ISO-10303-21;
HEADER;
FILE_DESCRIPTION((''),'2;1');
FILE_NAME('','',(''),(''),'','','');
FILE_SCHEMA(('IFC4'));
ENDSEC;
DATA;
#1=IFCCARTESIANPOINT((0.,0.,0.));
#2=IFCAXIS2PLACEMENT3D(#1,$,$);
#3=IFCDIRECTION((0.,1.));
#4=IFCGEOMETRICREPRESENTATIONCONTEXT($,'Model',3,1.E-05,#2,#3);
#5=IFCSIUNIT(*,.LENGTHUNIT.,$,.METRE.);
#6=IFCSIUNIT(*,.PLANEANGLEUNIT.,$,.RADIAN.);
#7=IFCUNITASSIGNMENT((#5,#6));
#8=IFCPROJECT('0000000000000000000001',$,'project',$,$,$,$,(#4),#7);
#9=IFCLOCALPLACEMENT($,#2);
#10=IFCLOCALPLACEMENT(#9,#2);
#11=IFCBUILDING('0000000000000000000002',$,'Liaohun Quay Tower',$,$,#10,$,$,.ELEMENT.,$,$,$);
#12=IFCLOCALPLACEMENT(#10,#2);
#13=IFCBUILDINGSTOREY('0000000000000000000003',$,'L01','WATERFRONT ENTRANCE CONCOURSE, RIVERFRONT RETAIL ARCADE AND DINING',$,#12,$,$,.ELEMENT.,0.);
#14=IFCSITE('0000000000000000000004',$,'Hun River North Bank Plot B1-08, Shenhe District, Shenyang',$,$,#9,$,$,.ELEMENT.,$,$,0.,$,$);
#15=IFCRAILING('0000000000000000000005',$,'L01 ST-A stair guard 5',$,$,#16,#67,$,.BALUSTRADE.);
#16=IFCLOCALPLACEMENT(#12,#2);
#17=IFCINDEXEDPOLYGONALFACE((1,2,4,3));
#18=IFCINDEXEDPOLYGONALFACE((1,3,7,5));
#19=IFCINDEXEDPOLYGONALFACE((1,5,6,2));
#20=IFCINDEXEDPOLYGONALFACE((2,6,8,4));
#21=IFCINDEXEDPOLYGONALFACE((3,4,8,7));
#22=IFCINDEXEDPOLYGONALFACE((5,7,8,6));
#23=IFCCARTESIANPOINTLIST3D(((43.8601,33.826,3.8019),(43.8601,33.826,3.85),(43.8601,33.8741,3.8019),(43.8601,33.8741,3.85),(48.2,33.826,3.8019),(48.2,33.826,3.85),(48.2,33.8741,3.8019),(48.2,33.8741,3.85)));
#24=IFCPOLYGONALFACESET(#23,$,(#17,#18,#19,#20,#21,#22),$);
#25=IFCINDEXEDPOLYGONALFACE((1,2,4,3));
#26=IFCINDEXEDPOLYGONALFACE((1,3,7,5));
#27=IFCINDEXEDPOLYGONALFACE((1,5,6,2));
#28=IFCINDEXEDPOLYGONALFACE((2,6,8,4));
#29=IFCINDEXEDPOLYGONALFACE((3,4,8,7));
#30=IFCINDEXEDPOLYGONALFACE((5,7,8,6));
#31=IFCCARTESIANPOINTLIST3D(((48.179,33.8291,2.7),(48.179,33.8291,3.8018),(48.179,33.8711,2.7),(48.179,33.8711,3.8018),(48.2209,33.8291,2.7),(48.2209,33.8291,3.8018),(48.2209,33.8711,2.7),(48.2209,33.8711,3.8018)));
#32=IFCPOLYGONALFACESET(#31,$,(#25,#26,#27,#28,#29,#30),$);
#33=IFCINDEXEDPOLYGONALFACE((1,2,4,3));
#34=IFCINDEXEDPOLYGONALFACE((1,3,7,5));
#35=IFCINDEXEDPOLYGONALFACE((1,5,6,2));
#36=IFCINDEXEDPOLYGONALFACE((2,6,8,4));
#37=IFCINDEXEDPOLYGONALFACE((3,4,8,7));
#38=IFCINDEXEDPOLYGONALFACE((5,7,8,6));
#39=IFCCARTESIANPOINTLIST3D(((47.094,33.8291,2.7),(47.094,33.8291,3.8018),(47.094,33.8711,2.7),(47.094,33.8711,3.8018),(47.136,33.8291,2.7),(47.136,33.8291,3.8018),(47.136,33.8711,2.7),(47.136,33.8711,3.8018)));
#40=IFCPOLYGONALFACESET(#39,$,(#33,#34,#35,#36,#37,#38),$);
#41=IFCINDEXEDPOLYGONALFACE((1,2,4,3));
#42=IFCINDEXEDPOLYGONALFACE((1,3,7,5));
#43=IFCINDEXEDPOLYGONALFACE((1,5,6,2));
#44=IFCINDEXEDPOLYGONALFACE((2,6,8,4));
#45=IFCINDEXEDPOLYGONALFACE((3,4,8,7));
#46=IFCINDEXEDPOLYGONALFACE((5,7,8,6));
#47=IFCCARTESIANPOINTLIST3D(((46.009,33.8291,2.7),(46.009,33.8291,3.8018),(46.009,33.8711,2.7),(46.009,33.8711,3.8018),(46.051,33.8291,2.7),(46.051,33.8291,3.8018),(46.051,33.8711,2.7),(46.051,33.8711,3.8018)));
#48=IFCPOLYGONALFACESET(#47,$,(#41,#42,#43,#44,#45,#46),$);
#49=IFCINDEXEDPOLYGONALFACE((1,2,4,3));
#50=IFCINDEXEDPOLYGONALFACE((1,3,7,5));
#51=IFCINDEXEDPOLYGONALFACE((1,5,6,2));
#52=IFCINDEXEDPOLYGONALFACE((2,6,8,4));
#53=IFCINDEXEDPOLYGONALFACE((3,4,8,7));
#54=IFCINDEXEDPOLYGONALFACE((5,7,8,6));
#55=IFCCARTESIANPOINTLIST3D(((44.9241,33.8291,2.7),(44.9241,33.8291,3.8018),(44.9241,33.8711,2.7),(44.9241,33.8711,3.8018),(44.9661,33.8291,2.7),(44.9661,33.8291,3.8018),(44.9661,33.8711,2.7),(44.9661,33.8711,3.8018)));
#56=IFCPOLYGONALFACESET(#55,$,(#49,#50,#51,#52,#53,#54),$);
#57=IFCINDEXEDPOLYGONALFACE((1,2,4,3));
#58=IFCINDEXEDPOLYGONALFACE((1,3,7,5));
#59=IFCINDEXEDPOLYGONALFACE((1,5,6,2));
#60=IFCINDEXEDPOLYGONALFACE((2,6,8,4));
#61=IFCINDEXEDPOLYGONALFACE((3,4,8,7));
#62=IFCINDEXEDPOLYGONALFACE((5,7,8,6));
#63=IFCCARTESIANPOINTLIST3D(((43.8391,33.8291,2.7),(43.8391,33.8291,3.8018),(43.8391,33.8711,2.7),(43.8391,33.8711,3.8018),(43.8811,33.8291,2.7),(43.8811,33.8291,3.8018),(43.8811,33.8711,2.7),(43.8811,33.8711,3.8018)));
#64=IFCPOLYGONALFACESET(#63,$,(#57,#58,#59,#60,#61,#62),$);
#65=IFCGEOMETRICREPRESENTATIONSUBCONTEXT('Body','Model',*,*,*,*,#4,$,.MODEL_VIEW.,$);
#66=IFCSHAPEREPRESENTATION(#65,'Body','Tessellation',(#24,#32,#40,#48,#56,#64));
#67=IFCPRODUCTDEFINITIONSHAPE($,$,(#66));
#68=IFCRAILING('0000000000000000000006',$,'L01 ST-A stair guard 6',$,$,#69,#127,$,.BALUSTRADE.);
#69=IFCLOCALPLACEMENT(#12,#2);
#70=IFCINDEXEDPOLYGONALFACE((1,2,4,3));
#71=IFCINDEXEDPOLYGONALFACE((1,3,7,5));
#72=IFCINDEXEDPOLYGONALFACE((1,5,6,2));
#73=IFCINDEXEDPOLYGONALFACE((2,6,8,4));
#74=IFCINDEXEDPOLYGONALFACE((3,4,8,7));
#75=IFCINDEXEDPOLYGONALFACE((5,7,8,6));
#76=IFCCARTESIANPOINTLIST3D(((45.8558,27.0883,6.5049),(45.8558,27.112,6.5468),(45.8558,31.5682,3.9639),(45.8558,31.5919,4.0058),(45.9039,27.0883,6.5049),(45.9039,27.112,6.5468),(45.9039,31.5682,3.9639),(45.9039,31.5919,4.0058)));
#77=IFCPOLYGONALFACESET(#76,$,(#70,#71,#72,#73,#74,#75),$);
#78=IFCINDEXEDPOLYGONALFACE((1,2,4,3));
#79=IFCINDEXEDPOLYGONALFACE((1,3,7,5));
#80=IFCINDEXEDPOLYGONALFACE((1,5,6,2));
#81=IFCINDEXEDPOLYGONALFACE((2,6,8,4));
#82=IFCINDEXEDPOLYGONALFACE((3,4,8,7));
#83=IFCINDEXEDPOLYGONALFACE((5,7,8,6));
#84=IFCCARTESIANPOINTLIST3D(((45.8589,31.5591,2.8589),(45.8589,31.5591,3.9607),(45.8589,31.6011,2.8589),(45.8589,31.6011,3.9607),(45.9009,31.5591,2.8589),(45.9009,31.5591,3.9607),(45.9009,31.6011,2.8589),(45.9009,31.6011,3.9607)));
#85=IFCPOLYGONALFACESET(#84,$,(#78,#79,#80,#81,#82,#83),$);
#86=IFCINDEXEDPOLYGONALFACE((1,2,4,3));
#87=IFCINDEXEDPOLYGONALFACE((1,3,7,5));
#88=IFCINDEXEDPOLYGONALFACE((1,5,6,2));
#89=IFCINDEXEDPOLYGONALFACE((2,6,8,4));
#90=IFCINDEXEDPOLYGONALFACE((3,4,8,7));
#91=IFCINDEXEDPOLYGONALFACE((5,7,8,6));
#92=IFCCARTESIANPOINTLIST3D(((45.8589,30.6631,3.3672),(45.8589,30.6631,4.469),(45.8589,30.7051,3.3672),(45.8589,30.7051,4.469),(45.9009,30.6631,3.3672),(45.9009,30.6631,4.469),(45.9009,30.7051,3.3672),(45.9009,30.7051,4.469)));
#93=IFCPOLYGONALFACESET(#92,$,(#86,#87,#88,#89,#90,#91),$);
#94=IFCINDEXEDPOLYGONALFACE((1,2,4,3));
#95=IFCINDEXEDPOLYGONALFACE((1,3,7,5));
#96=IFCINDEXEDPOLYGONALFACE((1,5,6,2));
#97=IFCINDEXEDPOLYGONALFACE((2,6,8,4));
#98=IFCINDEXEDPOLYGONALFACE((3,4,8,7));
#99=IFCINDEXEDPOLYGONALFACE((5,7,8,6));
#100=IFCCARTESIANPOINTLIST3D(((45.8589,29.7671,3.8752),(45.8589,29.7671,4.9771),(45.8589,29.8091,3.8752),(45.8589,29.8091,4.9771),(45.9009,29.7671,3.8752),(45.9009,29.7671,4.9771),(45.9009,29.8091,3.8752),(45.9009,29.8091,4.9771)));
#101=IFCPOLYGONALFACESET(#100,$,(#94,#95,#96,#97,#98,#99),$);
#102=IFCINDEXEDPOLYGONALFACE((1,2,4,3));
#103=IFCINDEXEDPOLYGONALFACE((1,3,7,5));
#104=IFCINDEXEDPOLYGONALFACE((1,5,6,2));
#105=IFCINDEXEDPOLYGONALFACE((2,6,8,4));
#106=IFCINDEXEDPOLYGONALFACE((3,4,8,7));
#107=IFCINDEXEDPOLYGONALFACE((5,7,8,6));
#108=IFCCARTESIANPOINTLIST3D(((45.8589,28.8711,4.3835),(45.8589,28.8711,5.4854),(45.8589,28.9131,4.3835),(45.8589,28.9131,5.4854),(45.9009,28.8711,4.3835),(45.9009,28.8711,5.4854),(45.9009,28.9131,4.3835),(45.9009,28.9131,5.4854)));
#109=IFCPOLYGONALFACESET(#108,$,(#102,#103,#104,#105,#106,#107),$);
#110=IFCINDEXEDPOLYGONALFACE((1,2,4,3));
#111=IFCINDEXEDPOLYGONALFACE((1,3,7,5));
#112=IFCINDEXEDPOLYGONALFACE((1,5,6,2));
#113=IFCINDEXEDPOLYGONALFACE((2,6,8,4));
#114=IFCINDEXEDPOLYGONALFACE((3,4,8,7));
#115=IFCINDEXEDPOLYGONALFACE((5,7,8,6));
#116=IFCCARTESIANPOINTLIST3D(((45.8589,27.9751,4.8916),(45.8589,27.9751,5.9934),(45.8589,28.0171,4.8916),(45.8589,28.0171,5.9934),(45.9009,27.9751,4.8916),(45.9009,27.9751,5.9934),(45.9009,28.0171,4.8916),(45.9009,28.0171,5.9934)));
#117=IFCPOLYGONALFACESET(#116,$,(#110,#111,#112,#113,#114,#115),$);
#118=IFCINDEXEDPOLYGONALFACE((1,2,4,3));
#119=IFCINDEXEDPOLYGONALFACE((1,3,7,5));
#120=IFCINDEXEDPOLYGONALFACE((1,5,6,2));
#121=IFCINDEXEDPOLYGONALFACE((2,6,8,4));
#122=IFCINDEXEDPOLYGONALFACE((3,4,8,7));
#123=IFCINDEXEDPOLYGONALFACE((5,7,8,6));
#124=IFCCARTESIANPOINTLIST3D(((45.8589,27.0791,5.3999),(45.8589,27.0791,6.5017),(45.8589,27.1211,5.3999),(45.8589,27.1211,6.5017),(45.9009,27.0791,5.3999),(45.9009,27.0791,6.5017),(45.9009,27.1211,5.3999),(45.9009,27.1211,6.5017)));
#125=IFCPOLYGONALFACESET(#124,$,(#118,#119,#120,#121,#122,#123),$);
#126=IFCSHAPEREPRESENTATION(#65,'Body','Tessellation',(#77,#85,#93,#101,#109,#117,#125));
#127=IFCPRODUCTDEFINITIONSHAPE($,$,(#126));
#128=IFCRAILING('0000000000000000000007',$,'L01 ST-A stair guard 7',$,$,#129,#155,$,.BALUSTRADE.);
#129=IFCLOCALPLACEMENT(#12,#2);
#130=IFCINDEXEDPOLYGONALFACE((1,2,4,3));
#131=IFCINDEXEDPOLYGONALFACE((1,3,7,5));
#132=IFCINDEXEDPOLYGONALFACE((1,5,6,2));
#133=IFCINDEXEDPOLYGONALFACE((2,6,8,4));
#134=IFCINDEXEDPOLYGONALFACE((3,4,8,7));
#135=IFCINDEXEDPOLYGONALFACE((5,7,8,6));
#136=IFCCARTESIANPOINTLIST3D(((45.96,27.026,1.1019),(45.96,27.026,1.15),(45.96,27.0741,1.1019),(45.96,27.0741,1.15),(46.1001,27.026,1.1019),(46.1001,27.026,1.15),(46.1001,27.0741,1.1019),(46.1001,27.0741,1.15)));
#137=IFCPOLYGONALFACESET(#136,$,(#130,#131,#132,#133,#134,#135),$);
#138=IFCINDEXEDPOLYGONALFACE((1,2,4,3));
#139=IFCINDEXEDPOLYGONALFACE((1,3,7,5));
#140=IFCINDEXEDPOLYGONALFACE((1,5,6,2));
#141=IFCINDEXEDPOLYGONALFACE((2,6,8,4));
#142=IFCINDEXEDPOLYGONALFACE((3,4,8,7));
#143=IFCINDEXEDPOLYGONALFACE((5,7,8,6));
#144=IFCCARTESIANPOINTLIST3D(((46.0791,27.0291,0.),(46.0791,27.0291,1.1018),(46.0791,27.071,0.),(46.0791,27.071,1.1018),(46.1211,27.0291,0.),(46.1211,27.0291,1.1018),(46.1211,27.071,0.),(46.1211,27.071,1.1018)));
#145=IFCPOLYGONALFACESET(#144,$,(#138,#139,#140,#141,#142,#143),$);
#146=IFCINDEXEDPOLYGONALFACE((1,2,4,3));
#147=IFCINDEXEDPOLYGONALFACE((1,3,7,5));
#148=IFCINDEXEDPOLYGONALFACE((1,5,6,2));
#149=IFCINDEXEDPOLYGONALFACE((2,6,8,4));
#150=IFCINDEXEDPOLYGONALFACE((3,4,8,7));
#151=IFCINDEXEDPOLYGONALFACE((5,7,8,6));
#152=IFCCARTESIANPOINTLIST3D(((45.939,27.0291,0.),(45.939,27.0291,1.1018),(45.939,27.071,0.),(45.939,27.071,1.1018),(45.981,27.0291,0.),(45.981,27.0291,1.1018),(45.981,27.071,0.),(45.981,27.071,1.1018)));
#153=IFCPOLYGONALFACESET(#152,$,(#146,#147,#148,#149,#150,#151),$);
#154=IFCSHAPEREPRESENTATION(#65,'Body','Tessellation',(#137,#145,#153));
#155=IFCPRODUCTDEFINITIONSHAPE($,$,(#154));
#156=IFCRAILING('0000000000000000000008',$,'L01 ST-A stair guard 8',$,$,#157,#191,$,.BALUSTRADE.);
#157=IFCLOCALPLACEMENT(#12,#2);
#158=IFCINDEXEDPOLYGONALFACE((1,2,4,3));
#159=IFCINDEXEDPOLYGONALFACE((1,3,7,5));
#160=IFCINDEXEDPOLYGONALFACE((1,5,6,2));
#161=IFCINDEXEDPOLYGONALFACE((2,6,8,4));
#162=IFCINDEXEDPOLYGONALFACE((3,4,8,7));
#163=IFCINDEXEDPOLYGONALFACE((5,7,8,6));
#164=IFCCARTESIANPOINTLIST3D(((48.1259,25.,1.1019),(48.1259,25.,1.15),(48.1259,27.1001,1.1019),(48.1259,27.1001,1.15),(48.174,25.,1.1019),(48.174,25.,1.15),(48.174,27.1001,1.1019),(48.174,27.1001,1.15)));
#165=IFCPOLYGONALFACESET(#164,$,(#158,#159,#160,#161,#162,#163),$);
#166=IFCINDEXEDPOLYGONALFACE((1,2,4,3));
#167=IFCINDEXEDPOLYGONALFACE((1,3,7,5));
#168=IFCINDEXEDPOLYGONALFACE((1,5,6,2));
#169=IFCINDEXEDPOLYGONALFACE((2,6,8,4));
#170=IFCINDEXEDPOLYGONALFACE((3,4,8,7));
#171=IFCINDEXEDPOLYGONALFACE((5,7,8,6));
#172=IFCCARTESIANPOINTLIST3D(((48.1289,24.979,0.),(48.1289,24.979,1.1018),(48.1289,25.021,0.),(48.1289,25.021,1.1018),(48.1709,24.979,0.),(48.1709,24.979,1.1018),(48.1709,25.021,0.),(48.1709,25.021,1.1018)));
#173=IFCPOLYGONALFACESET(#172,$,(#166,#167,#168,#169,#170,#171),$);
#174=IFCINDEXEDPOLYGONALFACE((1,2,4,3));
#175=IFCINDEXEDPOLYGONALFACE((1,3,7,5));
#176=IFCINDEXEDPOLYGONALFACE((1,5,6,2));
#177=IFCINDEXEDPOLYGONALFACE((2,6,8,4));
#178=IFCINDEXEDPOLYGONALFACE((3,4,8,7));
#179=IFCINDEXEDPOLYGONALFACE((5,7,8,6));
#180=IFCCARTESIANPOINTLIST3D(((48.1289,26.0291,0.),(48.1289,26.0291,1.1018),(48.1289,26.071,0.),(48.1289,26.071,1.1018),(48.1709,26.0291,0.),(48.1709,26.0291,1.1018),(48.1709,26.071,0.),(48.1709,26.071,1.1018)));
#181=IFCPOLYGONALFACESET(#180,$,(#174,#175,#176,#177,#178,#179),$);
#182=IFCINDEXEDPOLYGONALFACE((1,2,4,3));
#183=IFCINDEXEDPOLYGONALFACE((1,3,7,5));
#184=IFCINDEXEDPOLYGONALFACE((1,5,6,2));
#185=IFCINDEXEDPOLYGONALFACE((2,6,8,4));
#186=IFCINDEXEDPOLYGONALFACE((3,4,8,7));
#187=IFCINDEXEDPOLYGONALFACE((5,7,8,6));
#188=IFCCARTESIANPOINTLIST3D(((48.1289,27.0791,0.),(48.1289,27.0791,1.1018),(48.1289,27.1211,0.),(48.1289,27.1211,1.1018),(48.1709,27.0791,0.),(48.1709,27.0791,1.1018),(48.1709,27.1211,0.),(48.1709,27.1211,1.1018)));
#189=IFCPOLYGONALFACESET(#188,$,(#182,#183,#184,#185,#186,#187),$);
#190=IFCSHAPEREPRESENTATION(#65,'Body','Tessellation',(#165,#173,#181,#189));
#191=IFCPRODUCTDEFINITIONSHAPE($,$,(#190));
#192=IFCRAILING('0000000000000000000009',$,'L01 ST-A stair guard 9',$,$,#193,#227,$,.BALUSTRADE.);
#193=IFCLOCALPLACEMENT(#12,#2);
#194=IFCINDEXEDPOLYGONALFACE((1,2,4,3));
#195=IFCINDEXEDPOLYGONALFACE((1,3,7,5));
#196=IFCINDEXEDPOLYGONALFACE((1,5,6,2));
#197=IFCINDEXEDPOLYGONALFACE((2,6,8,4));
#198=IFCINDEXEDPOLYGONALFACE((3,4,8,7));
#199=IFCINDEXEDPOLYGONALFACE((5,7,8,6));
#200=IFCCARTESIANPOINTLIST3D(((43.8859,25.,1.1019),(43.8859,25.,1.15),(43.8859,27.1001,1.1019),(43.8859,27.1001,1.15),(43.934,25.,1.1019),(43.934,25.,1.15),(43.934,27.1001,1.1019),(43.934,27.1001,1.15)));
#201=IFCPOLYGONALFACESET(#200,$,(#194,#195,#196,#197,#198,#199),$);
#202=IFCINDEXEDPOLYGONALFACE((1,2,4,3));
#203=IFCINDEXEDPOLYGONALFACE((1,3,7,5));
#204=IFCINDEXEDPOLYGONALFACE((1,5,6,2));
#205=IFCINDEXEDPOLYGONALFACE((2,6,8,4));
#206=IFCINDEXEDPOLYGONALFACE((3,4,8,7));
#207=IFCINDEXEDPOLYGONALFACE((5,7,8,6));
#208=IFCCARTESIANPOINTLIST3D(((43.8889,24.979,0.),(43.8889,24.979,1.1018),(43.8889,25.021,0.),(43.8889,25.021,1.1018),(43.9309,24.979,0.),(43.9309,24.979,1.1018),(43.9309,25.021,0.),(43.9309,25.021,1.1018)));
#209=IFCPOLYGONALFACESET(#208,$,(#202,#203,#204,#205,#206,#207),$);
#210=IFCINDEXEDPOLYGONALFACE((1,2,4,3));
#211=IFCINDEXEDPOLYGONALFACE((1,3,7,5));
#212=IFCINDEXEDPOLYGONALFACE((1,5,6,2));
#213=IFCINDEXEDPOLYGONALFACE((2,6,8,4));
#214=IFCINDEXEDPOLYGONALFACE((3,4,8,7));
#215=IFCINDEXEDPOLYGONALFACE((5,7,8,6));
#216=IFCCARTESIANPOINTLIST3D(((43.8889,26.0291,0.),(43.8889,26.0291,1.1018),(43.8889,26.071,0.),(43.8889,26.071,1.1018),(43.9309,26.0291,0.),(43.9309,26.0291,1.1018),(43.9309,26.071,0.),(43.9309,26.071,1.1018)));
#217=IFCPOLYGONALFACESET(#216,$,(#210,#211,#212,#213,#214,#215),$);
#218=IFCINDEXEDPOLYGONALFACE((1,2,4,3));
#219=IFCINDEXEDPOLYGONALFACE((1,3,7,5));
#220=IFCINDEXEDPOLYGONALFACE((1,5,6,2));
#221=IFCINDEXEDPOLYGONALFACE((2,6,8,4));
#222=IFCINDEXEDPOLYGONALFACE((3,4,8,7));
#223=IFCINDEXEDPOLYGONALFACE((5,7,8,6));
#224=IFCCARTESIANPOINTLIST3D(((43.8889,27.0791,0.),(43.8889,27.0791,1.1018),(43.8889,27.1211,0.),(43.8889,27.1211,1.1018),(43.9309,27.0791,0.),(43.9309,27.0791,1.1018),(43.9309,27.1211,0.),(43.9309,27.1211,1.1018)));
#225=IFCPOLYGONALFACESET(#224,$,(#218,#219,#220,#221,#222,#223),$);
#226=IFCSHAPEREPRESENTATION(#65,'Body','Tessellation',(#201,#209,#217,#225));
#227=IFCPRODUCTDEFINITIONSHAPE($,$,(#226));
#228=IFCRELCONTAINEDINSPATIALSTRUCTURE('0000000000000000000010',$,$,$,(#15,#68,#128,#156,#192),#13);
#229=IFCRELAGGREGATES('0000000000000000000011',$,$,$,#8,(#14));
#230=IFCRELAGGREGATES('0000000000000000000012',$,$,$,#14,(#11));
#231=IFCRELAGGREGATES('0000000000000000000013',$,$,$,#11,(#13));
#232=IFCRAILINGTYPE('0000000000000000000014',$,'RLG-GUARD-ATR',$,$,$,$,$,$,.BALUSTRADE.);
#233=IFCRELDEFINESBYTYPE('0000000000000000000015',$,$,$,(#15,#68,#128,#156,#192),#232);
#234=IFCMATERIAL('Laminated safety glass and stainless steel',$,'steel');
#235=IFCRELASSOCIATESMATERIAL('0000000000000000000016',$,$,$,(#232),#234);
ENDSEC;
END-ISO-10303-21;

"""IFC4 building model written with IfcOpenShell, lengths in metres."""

from ifc_helpers import new_model, si_unit, direction, frame, origin, origin_2d, place, context, subcontext, project, spatial, rectangle, extrude, material, type_object, element, save


model = new_model("IFC4")

# Units and contexts
model_context = context("Model", 3, precision=1e-05, world=origin(), true_north=direction((0.0, 1.0)))
body_context = subcontext(model_context, "Body", "Model", "MODEL_VIEW")
ifc_project = project(units=[si_unit("LENGTHUNIT", "METRE"), si_unit("PLANEANGLEUNIT", "RADIAN")], contexts=[model_context])

# Site, building, storey
site_placement = place(None, origin())
site = spatial("IfcSite", under=ifc_project, at=site_placement, Name="Hun River North Bank Plot B1-08, Shenhe District, Shenyang", CompositionType="ELEMENT", RefElevation=0.0)
building_placement = place(site_placement, origin())
building = spatial("IfcBuilding", under=site, at=building_placement, Name="Liaohun Quay Tower", CompositionType="ELEMENT")
storey_placement = place(building_placement, origin())
storey = spatial("IfcBuildingStorey", under=building, at=storey_placement, Name="L01", Description="WATERFRONT ENTRANCE CONCOURSE, RIVERFRONT RETAIL ARCADE AND DINING", CompositionType="ELEMENT", Elevation=0.0)

# Railings
ifc_material_1 = material(Name="Laminated safety glass and stainless steel", Category="steel")
railing_type_1 = type_object("IfcRailingType", Name="RLG-GUARD-ATR", PredefinedType="BALUSTRADE", material=ifc_material_1)
railing_1_placement = place(storey_placement, frame((48.2, 33.8501, 2.7)))
element("IfcRailing", 1, at=railing_1_placement, inside=storey, type_object=railing_type_1, Name="L01 ST-A stair guard 5", PredefinedType="BALUSTRADE", context=body_context, shape_type="SweptSolid", body=[
    extrude(rectangle(XDim=0.0481, YDim=0.0481, at=origin_2d()), frame((0.0, 0.0, 1.126), z_axis=(-1.0, 0.0, 0.0), x_axis=(0.0, -1.0, 0.0)), (0.0, 0.0, 1.0), 4.3398),
    extrude(rectangle(XDim=0.042, YDim=0.042, at=origin_2d()), origin(), (0.0, 0.0, 1.0), 1.1018),
    extrude(rectangle(XDim=0.042, YDim=0.042, at=origin_2d()), frame((-1.085, 0.0, 0.0)), (0.0, 0.0, 1.0), 1.1018),
    extrude(rectangle(XDim=0.042, YDim=0.042, at=origin_2d()), frame((-2.1699, 0.0, 0.0)), (0.0, 0.0, 1.0), 1.1018),
    extrude(rectangle(XDim=0.042, YDim=0.042, at=origin_2d()), frame((-3.2549, 0.0, 0.0)), (0.0, 0.0, 1.0), 1.1018),
    extrude(rectangle(XDim=0.042, YDim=0.042, at=origin_2d()), frame((-4.3398, 0.0, 0.0)), (0.0, 0.0, 1.0), 1.1018),
])
railing_2_placement = place(storey_placement, frame((45.8799, 31.5801, 2.8589)))
element("IfcRailing", 2, at=railing_2_placement, inside=storey, type_object=railing_type_1, Name="L01 ST-A stair guard 6", PredefinedType="BALUSTRADE", context=body_context, shape_type="SweptSolid", body=[
    extrude(rectangle(XDim=0.0481, YDim=0.0481, at=origin_2d()), frame((0.0, 0.0, 1.126), z_axis=(0.0, -0.869826, 0.493359), x_axis=(1.0, 0.0, 0.0)), (0.0, 0.0, 1.0), 5.1504),
    extrude(rectangle(XDim=0.042, YDim=0.042, at=origin_2d()), origin(), (0.0, 0.0, 1.0), 1.1018),
    extrude(rectangle(XDim=0.042, YDim=0.042, at=origin_2d()), frame((0.0, -0.896, 0.5083)), (0.0, 0.0, 1.0), 1.1018),
    extrude(rectangle(XDim=0.042, YDim=0.042, at=origin_2d()), frame((0.0, -1.792, 1.0164)), (0.0, 0.0, 1.0), 1.1018),
    extrude(rectangle(XDim=0.042, YDim=0.042, at=origin_2d()), frame((0.0, -2.688, 1.5247)), (0.0, 0.0, 1.0), 1.1018),
    extrude(rectangle(XDim=0.042, YDim=0.042, at=origin_2d()), frame((0.0, -3.584, 2.0327)), (0.0, 0.0, 1.0), 1.1018),
    extrude(rectangle(XDim=0.042, YDim=0.042, at=origin_2d()), frame((0.0, -4.48, 2.541)), (0.0, 0.0, 1.0), 1.1018),
])
railing_3_placement = place(storey_placement, frame((46.1001, 27.05, 0.0)))
element("IfcRailing", 3, at=railing_3_placement, inside=storey, type_object=railing_type_1, Name="L01 ST-A stair guard 7", PredefinedType="BALUSTRADE", context=body_context, shape_type="SweptSolid", body=[
    extrude(rectangle(XDim=0.0481, YDim=0.0481, at=origin_2d()), frame((0.0, 0.0, 1.126), z_axis=(-1.0, 0.0, 0.0), x_axis=(0.0, -1.0, 0.0)), (0.0, 0.0, 1.0), 0.1401),
    extrude(rectangle(XDim=0.042, YDim=0.042, at=origin_2d()), origin(), (0.0, 0.0, 1.0), 1.1018),
    extrude(rectangle(XDim=0.042, YDim=0.042, at=origin_2d()), frame((-0.1401, 0.0, 0.0)), (0.0, 0.0, 1.0), 1.1018),
])
for number, where, name in (
    (4, (48.1499, 25.0, 0.0), "L01 ST-A stair guard 8"),
    (5, (43.9099, 25.0, 0.0), "L01 ST-A stair guard 9"),
):
    element("IfcRailing", number, at=place(storey_placement, frame(where)), inside=storey, type_object=railing_type_1, Name=name, PredefinedType="BALUSTRADE", context=body_context, shape_type="SweptSolid", body=[
        extrude(rectangle(XDim=0.0481, YDim=0.0481, at=origin_2d()), frame((0.0, 0.0, 1.126), z_axis=(0.0, 1.0, 0.0), x_axis=(-1.0, 0.0, 0.0)), (0.0, 0.0, 1.0), 2.1001),
        extrude(rectangle(XDim=0.042, YDim=0.042, at=origin_2d()), origin(), (0.0, 0.0, 1.0), 1.1018),
        extrude(rectangle(XDim=0.042, YDim=0.042, at=origin_2d()), frame((0.0, 1.05, 0.0)), (0.0, 0.0, 1.0), 1.1018),
        extrude(rectangle(XDim=0.042, YDim=0.042, at=origin_2d()), frame((0.0, 2.1001, 0.0)), (0.0, 0.0, 1.0), 1.1018),
    ])

save(model, "model.ifc")
